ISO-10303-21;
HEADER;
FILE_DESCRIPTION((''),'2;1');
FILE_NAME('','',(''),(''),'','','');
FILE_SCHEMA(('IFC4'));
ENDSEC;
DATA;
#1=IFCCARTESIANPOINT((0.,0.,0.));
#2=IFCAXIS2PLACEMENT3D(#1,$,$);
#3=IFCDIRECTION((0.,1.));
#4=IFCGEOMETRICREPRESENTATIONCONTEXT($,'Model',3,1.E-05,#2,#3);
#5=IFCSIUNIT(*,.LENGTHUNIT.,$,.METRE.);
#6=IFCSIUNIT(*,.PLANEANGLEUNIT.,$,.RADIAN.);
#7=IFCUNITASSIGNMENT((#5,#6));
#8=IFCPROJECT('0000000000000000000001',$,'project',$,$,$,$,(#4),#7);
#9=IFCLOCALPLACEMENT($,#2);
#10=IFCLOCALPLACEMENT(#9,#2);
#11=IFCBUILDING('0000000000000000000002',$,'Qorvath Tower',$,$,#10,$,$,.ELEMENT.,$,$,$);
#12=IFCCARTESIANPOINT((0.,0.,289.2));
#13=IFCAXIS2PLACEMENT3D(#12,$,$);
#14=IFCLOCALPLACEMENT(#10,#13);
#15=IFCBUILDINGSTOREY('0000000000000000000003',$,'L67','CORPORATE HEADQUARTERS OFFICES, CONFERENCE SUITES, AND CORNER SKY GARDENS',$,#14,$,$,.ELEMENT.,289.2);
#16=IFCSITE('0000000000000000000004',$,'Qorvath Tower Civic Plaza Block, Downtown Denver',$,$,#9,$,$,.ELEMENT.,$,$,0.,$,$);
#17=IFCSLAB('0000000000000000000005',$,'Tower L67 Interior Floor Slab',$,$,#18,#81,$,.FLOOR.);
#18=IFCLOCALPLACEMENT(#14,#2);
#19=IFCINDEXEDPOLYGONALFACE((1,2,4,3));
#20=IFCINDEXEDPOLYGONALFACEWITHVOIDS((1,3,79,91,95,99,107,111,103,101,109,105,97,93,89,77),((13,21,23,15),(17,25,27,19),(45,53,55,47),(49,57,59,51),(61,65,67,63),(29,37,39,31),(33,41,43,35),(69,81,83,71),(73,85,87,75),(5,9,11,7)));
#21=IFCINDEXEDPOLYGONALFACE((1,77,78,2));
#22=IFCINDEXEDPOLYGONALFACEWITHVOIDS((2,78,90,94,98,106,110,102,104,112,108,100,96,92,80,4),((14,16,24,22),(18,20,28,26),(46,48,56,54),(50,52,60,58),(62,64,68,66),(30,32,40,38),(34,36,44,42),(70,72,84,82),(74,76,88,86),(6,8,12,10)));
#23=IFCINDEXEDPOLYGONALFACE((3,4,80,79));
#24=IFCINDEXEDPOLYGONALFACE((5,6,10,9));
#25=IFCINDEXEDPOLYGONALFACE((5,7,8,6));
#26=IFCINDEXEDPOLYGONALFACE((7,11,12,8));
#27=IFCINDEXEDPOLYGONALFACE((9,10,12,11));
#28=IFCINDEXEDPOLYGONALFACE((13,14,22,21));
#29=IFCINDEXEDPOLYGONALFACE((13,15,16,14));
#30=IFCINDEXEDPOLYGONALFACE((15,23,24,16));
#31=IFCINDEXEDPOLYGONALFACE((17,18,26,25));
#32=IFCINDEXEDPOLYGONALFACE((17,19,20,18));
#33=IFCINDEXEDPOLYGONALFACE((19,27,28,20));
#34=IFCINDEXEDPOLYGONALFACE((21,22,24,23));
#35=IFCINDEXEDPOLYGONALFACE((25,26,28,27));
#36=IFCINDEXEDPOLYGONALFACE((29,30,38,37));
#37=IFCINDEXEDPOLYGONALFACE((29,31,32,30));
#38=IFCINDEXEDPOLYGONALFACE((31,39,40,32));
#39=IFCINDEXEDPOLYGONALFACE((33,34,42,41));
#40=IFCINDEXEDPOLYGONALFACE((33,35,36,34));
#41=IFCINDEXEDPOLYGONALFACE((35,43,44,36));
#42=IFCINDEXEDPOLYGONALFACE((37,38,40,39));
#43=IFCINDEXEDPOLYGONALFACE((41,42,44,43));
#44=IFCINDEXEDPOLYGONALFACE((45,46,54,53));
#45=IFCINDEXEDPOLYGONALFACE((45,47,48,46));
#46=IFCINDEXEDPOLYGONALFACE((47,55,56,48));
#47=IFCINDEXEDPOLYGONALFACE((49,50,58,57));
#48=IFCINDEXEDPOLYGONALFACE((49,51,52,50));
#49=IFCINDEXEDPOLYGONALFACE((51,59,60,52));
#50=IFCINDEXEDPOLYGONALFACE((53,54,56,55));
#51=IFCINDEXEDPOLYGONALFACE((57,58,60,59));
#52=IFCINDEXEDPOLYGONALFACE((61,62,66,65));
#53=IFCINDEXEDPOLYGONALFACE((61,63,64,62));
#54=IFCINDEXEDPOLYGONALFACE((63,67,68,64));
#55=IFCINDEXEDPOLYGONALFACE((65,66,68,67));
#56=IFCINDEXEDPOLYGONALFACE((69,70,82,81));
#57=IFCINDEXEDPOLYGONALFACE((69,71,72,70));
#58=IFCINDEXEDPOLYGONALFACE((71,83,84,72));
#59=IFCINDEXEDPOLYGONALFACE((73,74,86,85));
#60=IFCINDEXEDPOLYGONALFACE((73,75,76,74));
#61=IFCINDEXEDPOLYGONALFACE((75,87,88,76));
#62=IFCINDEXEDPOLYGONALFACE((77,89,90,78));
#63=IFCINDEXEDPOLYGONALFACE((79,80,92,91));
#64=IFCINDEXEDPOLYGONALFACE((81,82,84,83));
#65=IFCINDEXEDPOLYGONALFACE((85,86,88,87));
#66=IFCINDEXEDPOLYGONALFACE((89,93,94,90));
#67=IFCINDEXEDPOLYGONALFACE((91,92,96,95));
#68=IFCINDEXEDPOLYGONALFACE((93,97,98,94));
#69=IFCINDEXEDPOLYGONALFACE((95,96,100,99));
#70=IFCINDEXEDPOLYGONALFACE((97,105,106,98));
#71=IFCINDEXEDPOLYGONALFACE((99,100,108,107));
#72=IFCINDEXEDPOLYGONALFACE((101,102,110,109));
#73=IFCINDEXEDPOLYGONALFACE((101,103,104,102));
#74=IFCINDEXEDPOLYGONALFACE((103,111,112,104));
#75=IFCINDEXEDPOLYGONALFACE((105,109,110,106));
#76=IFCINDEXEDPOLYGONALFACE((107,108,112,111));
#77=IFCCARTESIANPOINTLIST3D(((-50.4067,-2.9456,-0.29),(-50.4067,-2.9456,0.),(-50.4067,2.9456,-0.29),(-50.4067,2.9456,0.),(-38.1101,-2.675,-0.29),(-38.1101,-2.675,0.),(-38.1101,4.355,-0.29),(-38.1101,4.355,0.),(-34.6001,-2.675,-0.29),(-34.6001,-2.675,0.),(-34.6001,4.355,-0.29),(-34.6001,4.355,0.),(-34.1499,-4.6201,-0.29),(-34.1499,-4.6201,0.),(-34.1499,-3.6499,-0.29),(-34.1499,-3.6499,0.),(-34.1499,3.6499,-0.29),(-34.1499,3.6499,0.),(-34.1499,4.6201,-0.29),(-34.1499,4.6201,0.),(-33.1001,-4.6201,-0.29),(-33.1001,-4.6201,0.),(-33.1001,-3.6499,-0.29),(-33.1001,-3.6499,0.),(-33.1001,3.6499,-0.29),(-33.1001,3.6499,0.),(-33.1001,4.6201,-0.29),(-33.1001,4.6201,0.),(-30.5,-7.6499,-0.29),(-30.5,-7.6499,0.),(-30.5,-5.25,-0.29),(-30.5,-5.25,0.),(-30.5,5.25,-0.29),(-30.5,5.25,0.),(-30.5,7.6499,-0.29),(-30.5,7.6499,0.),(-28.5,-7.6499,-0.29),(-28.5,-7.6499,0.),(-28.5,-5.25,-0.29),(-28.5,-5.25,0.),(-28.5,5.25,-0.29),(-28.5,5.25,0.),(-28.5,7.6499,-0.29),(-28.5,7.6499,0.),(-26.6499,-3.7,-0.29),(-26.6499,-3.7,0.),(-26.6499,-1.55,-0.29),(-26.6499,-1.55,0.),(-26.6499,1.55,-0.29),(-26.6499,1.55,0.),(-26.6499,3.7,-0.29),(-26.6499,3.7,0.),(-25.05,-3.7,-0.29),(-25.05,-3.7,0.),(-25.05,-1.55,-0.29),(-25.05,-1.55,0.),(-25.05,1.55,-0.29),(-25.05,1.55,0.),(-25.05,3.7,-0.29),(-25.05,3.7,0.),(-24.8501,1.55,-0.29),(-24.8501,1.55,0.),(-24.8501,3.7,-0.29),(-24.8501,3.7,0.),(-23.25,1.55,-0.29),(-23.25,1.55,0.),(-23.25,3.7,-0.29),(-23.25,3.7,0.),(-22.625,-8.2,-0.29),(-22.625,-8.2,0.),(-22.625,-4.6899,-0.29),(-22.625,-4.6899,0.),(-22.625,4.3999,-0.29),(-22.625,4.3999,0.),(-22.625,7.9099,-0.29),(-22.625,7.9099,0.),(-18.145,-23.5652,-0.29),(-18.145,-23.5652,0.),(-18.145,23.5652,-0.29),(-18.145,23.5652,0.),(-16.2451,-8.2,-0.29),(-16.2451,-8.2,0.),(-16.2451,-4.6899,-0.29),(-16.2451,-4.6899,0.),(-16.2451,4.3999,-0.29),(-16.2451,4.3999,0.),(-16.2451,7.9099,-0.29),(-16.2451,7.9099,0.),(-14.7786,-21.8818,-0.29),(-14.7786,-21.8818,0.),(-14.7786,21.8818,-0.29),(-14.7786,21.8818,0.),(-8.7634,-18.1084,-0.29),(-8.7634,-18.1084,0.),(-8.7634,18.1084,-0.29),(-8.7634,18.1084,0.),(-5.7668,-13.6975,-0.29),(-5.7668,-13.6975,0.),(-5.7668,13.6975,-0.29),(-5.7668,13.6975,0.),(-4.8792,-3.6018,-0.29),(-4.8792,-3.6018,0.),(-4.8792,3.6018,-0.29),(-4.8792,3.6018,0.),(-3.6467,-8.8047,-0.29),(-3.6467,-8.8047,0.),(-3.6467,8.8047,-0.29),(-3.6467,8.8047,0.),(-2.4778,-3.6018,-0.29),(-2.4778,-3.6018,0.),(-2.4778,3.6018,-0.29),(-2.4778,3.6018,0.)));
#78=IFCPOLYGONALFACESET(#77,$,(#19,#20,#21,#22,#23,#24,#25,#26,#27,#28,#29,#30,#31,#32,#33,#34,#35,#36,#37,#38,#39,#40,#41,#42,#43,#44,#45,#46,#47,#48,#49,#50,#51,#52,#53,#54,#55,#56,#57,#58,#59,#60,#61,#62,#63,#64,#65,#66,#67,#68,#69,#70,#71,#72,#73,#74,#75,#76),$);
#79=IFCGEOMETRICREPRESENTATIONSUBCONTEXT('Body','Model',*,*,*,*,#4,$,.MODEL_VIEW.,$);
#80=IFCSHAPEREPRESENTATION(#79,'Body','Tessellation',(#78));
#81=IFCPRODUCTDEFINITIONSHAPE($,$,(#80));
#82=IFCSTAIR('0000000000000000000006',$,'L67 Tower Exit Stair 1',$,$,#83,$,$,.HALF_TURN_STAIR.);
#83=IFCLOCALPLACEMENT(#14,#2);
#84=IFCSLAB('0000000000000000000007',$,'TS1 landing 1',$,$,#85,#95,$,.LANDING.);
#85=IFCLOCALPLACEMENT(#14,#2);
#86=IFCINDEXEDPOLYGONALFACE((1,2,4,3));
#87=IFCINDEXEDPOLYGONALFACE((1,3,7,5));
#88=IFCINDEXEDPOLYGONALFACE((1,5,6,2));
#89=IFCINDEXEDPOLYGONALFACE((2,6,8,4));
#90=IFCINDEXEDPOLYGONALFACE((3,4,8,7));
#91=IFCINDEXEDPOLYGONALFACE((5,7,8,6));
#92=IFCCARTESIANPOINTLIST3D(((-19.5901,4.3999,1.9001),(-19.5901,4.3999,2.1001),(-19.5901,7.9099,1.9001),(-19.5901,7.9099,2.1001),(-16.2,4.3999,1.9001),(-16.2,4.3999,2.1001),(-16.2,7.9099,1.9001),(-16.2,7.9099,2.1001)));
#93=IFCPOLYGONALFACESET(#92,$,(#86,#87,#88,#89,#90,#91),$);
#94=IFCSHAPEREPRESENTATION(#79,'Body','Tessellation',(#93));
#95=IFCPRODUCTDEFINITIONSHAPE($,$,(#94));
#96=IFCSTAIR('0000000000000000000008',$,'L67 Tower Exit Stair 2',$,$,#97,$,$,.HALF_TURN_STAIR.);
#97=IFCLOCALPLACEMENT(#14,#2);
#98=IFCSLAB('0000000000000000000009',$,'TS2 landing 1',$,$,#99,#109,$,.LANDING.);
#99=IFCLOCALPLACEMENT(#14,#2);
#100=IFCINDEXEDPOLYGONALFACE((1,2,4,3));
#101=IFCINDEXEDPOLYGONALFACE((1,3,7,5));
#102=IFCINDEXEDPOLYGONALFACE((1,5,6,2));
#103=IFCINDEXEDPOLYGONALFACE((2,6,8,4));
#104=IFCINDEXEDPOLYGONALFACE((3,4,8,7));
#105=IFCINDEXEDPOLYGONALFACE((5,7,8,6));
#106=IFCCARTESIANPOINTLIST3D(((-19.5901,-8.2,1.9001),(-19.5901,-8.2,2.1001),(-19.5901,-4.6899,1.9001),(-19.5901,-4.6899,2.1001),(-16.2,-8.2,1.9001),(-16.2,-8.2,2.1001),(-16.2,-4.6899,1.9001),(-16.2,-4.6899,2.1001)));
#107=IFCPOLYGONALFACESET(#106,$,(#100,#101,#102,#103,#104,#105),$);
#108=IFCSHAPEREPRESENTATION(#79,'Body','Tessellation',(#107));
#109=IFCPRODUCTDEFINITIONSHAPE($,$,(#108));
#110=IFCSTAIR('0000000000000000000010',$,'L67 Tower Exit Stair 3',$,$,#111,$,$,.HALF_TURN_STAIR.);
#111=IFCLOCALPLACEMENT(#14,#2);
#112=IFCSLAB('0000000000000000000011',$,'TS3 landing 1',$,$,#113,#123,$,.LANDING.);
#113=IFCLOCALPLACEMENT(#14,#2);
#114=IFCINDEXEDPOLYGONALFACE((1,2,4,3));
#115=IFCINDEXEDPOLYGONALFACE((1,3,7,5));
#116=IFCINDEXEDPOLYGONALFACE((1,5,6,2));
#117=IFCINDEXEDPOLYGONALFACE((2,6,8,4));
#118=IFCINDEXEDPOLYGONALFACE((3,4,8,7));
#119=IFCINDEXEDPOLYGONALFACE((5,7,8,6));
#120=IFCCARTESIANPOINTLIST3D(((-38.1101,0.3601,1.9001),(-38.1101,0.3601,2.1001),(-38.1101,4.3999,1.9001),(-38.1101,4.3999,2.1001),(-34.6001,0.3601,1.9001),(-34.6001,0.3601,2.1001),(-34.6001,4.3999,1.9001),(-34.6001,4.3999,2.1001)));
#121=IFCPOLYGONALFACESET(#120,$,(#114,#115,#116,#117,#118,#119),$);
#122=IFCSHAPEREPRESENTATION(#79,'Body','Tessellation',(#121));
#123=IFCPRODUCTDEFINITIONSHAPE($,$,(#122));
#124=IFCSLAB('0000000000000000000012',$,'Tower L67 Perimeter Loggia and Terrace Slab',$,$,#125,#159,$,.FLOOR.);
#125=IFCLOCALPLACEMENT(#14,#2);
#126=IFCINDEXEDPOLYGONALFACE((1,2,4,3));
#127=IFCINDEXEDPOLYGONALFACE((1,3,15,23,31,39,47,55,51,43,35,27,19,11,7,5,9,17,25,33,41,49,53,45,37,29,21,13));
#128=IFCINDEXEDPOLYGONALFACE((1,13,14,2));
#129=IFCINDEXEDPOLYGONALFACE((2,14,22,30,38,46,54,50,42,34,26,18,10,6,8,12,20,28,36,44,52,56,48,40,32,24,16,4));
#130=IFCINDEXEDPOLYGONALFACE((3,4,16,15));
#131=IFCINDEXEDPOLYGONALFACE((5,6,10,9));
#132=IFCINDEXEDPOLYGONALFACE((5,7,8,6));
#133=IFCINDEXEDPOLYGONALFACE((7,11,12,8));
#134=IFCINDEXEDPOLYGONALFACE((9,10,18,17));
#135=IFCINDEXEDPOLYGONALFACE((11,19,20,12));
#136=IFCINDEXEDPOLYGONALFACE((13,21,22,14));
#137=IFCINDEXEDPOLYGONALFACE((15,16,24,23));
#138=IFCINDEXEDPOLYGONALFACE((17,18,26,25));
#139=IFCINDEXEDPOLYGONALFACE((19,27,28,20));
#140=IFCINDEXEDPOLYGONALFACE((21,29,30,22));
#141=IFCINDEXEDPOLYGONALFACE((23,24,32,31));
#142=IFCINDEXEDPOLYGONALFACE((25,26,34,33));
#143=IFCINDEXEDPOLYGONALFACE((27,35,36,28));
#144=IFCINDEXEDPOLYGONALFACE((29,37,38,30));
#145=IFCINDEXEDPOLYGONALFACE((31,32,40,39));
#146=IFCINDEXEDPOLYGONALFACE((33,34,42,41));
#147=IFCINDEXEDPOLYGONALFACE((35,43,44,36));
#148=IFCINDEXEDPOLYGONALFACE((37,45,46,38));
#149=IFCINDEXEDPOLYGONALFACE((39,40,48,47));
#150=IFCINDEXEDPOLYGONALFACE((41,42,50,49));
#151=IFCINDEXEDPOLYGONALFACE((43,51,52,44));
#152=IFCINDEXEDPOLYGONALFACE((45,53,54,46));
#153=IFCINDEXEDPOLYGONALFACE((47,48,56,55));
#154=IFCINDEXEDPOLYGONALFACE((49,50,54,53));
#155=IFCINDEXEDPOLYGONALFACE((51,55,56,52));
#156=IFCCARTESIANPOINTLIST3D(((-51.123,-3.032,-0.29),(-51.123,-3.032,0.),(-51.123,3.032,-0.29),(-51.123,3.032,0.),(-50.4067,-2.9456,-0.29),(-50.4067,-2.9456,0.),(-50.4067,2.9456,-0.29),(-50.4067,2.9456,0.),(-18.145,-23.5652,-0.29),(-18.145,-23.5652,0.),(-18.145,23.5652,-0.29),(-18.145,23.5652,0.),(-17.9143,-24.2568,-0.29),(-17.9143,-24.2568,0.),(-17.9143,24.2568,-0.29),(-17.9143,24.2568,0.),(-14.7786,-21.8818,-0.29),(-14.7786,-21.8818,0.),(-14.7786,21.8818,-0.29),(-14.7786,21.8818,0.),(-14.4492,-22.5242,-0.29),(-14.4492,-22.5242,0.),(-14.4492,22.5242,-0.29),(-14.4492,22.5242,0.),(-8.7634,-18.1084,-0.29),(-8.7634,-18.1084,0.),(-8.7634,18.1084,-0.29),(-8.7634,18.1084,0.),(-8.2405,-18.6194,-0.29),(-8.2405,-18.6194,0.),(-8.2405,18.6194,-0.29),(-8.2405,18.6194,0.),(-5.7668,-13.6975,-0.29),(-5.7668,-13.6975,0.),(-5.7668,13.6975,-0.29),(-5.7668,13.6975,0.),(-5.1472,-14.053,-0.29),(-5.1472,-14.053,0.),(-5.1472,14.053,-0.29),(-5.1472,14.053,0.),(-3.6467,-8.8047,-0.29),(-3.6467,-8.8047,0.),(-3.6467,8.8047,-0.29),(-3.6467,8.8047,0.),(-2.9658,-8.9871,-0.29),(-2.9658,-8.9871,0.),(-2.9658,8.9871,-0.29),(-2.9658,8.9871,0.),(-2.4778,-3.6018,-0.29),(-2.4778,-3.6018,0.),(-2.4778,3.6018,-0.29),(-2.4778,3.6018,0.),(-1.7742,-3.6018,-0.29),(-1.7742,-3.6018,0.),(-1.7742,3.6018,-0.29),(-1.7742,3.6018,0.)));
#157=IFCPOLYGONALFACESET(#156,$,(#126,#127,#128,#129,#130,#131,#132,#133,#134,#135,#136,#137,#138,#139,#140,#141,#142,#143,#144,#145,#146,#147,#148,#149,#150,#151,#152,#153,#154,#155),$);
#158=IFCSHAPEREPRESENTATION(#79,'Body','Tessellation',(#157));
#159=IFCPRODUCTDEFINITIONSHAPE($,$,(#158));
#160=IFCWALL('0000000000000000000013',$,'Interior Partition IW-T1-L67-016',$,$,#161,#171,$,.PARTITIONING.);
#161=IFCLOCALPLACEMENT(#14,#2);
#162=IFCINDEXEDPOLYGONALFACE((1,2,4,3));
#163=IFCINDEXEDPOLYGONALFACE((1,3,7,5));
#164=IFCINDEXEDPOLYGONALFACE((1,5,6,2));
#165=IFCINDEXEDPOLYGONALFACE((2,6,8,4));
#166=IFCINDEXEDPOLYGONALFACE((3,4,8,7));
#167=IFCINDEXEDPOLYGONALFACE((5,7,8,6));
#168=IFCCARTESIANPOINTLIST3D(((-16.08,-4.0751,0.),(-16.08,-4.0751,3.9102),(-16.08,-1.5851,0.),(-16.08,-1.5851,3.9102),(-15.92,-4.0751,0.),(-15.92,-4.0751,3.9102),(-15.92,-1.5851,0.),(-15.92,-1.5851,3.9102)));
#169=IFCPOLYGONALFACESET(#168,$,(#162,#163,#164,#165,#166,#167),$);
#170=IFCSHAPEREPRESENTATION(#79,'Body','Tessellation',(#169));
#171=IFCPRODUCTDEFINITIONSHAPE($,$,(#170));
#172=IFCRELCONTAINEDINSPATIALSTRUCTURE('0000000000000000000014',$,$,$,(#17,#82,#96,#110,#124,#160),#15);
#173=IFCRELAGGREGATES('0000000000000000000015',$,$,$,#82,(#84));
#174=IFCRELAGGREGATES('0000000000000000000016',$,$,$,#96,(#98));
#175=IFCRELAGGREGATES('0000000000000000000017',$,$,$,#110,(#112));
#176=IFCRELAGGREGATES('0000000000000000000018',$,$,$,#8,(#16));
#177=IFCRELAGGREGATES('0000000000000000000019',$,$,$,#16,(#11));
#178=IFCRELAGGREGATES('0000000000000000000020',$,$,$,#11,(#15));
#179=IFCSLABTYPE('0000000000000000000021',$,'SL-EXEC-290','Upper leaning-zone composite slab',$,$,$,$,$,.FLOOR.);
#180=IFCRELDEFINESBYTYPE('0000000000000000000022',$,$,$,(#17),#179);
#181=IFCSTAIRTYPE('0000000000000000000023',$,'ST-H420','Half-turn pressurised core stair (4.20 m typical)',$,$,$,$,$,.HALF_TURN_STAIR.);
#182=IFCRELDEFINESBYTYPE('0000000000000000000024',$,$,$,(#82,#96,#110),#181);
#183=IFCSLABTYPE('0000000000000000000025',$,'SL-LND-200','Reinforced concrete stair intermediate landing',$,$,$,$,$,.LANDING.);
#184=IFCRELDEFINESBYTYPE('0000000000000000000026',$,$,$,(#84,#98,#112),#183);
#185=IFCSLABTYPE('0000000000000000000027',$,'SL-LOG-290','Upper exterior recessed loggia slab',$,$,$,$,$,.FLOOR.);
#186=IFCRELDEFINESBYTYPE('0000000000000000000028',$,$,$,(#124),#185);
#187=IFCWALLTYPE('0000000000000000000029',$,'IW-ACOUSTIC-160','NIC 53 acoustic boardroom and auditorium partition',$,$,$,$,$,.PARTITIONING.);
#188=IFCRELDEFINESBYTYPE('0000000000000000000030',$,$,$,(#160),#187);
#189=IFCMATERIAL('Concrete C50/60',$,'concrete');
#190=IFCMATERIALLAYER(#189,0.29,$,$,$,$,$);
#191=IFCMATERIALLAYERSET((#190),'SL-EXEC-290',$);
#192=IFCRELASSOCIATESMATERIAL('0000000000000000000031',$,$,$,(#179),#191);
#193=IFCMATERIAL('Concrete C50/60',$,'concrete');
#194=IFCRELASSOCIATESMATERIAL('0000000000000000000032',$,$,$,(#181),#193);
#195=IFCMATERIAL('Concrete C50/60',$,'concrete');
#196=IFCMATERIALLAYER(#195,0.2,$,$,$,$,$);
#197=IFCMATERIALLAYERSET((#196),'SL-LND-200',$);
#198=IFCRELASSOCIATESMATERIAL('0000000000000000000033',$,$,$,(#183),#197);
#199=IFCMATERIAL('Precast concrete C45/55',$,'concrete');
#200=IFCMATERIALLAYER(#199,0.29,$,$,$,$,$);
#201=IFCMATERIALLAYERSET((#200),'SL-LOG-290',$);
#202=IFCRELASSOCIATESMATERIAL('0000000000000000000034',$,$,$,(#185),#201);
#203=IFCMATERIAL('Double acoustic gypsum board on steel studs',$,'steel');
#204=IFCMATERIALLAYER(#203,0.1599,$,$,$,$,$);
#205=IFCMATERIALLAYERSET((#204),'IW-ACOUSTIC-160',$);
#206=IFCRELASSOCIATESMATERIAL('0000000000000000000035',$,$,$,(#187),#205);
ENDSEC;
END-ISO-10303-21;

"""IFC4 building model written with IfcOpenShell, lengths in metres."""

from ifc_helpers import new_model, si_unit, direction, frame, frame_2d, origin, place, context, subcontext, project, spatial, polyline, rectangle, outline, extrude, material, layer, layer_set, type_object, element, aggregate, save


model = new_model("IFC4")

# Units and contexts
model_context = context("Model", 3, precision=1e-05, world=origin(), true_north=direction((0.0, 1.0)))
body_context = subcontext(model_context, "Body", "Model", "MODEL_VIEW")
ifc_project = project(units=[si_unit("LENGTHUNIT", "METRE"), si_unit("PLANEANGLEUNIT", "RADIAN")], contexts=[model_context])

# Site, building, storey
site_placement = place(None, origin())
site = spatial("IfcSite", under=ifc_project, at=site_placement, Name="Qorvath Tower Civic Plaza Block, Downtown Denver", CompositionType="ELEMENT", RefElevation=0.0)
building_placement = place(site_placement, origin())
building = spatial("IfcBuilding", under=site, at=building_placement, Name="Qorvath Tower", CompositionType="ELEMENT")
storey_placement = place(building_placement, frame((0.0, 0.0, 289.2)))
storey = spatial("IfcBuildingStorey", under=building, at=storey_placement, Name="L67", Description="CORPORATE HEADQUARTERS OFFICES, CONFERENCE SUITES, AND CORNER SKY GARDENS", CompositionType="ELEMENT", Elevation=289.2)

# Slab
ifc_material_1 = material(Name="Concrete C50/60", Category="concrete")
ifc_layer_1 = layer(ifc_material_1, 0.29)
ifc_layer_set_1 = layer_set([ifc_layer_1], Name="SL-EXEC-290")
slab_type_1 = type_object("IfcSlabType", Name="SL-EXEC-290", Description="Upper leaning-zone composite slab", PredefinedType="FLOOR", material=ifc_layer_set_1)
slab_1_placement = place(storey_placement, frame((0.0, 0.0, -0.29)))
element("IfcSlab", 1, at=slab_1_placement, inside=storey, type_object=slab_type_1, Name="Tower L67 Interior Floor Slab", PredefinedType="FLOOR", context=body_context, shape_type="SweptSolid", body=[
    extrude(outline(polyline([(-50.4067, 2.9456), (-50.4067, -2.9456), (-18.145, -23.5652), (-14.7786, -21.8818), (-8.7634, -18.1084), (-5.7668, -13.6975), (-3.6467, -8.8047), (-2.4778, -3.6018), (-4.8792, -3.6018), (-4.8792, 3.6018), (-2.4778, 3.6018), (-3.6467, 8.8047), (-5.7668, 13.6975), (-8.7634, 18.1084), (-14.7786, 21.8818), (-18.145, 23.5652), (-50.4067, 2.9456)]), holes=[polyline([(-16.2451, -8.2), (-22.625, -8.2), (-22.625, -4.6899), (-16.2451, -4.6899), (-16.2451, -8.2)]), polyline([(-22.625, 4.3999), (-22.625, 7.9099), (-16.2451, 7.9099), (-16.2451, 4.3999), (-22.625, 4.3999)]), polyline([(-23.25, 1.55), (-24.8501, 1.55), (-24.8501, 3.7), (-23.25, 3.7), (-23.25, 1.55)]), polyline([(-26.6499, -3.7), (-26.6499, -1.55), (-25.05, -1.55), (-25.05, -3.7), (-26.6499, -3.7)]), polyline([(-25.05, 1.55), (-26.6499, 1.55), (-26.6499, 3.7), (-25.05, 3.7), (-25.05, 1.55)]), polyline([(-28.5, -7.6499), (-30.5, -7.6499), (-30.5, -5.25), (-28.5, -5.25), (-28.5, -7.6499)]), polyline([(-30.5, 5.25), (-30.5, 7.6499), (-28.5, 7.6499), (-28.5, 5.25), (-30.5, 5.25)]), polyline([(-33.1001, -4.6201), (-34.1499, -4.6201), (-34.1499, -3.6499), (-33.1001, -3.6499), (-33.1001, -4.6201)]), polyline([(-33.1001, 3.6499), (-34.1499, 3.6499), (-34.1499, 4.6201), (-33.1001, 4.6201), (-33.1001, 3.6499)]), polyline([(-34.6001, -2.675), (-38.1101, -2.675), (-38.1101, 4.355), (-34.6001, 4.355), (-34.6001, -2.675)])]), origin(), (0.0, 0.0, 1.0), 0.29),
])

# Stairs, slabs
ifc_material_2 = material(Name="Concrete C50/60", Category="concrete")
stair_type = type_object("IfcStairType", Name="ST-H420", Description="Half-turn pressurised core stair (4.20 m typical)", PredefinedType="HALF_TURN_STAIR", material=ifc_material_2)
stair_1_placement = place(storey_placement, origin())
stair_1 = element("IfcStair", 2, at=stair_1_placement, inside=storey, type_object=stair_type, Name="L67 Tower Exit Stair 1", PredefinedType="HALF_TURN_STAIR")
ifc_material_3 = material(Name="Concrete C50/60", Category="concrete")
ifc_layer_2 = layer(ifc_material_3, 0.2)
ifc_layer_set_2 = layer_set([ifc_layer_2], Name="SL-LND-200")
slab_type_2 = type_object("IfcSlabType", Name="SL-LND-200", Description="Reinforced concrete stair intermediate landing", PredefinedType="LANDING", material=ifc_layer_set_2)
slab_2_placement = place(storey_placement, frame((0.0, 0.0, 1.9001)))
slab_2 = element("IfcSlab", 3, at=slab_2_placement, type_object=slab_type_2, Name="TS1 landing 1", PredefinedType="LANDING", context=body_context, shape_type="SweptSolid", body=[
    extrude(outline(polyline([(-19.5901, 4.3999), (-16.2, 4.3999), (-16.2, 7.9099), (-19.5901, 7.9099), (-19.5901, 4.3999)])), origin(), (0.0, 0.0, 1.0), 0.2),
])
aggregate(stair_1, [slab_2])
stair_2_placement = place(storey_placement, origin())
stair_2 = element("IfcStair", 4, at=stair_2_placement, inside=storey, type_object=stair_type, Name="L67 Tower Exit Stair 2", PredefinedType="HALF_TURN_STAIR")
slab_3_placement = place(storey_placement, frame((0.0, 0.0, 1.9001)))
slab_3 = element("IfcSlab", 5, at=slab_3_placement, type_object=slab_type_2, Name="TS2 landing 1", PredefinedType="LANDING", context=body_context, shape_type="SweptSolid", body=[
    extrude(outline(polyline([(-19.5901, -8.2), (-16.2, -8.2), (-16.2, -4.6899), (-19.5901, -4.6899), (-19.5901, -8.2)])), origin(), (0.0, 0.0, 1.0), 0.2),
])
aggregate(stair_2, [slab_3])
stair_3_placement = place(storey_placement, origin())
stair_3 = element("IfcStair", 6, at=stair_3_placement, inside=storey, type_object=stair_type, Name="L67 Tower Exit Stair 3", PredefinedType="HALF_TURN_STAIR")
slab_4_placement = place(storey_placement, frame((0.0, 0.0, 1.9001)))
slab_4 = element("IfcSlab", 7, at=slab_4_placement, type_object=slab_type_2, Name="TS3 landing 1", PredefinedType="LANDING", context=body_context, shape_type="SweptSolid", body=[
    extrude(outline(polyline([(-34.6001, 0.3601), (-34.6001, 4.3999), (-38.1101, 4.3999), (-38.1101, 0.3601), (-34.6001, 0.3601)])), origin(), (0.0, 0.0, 1.0), 0.2),
])
aggregate(stair_3, [slab_4])

# Slab
ifc_material_4 = material(Name="Precast concrete C45/55", Category="concrete")
ifc_layer_3 = layer(ifc_material_4, 0.29)
ifc_layer_set_3 = layer_set([ifc_layer_3], Name="SL-LOG-290")
slab_type_3 = type_object("IfcSlabType", Name="SL-LOG-290", Description="Upper exterior recessed loggia slab", PredefinedType="FLOOR", material=ifc_layer_set_3)
slab_5_placement = place(storey_placement, frame((0.0, 0.0, -0.29)))
element("IfcSlab", 8, at=slab_5_placement, inside=storey, type_object=slab_type_3, Name="Tower L67 Perimeter Loggia and Terrace Slab", PredefinedType="FLOOR", context=body_context, shape_type="SweptSolid", body=[
    extrude(outline(polyline([(-2.4778, -3.6018), (-3.6467, -8.8047), (-5.7668, -13.6975), (-8.7634, -18.1084), (-14.7786, -21.8818), (-18.145, -23.5652), (-50.4067, -2.9456), (-50.4067, 2.9456), (-18.145, 23.5652), (-14.7786, 21.8818), (-8.7634, 18.1084), (-5.7668, 13.6975), (-3.6467, 8.8047), (-2.4778, 3.6018), (-1.7742, 3.6018), (-2.9658, 8.9871), (-5.1472, 14.053), (-8.2405, 18.6194), (-14.4492, 22.5242), (-17.9143, 24.2568), (-51.123, 3.032), (-51.123, -3.032), (-17.9143, -24.2568), (-14.4492, -22.5242), (-8.2405, -18.6194), (-5.1472, -14.053), (-2.9658, -8.9871), (-1.7742, -3.6018), (-2.4778, -3.6018)])), origin(), (0.0, 0.0, 1.0), 0.29),
])

# Wall
ifc_material_5 = material(Name="Double acoustic gypsum board on steel studs", Category="steel")
ifc_layer_4 = layer(ifc_material_5, 0.1599)
ifc_layer_set_4 = layer_set([ifc_layer_4], Name="IW-ACOUSTIC-160")
wall_type_1 = type_object("IfcWallType", Name="IW-ACOUSTIC-160", Description="NIC 53 acoustic boardroom and auditorium partition", PredefinedType="PARTITIONING", material=ifc_layer_set_4)
wall_1_placement = place(storey_placement, frame((-16.0, -4.0752, 0.0), z_axis=(0.0, 0.0, 1.0), x_axis=(0.0, 1.0, 0.0)))
element("IfcWall", 9, at=wall_1_placement, inside=storey, type_object=wall_type_1, Name="Interior Partition IW-T1-L67-016", PredefinedType="PARTITIONING", context=body_context, shape_type="SweptSolid", body=[
    extrude(rectangle(XDim=2.49, YDim=0.1599, at=frame_2d((1.2451, 0.0))), origin(), (0.0, 0.0, 1.0), 3.9102),
])

save(model, "model.ifc")
